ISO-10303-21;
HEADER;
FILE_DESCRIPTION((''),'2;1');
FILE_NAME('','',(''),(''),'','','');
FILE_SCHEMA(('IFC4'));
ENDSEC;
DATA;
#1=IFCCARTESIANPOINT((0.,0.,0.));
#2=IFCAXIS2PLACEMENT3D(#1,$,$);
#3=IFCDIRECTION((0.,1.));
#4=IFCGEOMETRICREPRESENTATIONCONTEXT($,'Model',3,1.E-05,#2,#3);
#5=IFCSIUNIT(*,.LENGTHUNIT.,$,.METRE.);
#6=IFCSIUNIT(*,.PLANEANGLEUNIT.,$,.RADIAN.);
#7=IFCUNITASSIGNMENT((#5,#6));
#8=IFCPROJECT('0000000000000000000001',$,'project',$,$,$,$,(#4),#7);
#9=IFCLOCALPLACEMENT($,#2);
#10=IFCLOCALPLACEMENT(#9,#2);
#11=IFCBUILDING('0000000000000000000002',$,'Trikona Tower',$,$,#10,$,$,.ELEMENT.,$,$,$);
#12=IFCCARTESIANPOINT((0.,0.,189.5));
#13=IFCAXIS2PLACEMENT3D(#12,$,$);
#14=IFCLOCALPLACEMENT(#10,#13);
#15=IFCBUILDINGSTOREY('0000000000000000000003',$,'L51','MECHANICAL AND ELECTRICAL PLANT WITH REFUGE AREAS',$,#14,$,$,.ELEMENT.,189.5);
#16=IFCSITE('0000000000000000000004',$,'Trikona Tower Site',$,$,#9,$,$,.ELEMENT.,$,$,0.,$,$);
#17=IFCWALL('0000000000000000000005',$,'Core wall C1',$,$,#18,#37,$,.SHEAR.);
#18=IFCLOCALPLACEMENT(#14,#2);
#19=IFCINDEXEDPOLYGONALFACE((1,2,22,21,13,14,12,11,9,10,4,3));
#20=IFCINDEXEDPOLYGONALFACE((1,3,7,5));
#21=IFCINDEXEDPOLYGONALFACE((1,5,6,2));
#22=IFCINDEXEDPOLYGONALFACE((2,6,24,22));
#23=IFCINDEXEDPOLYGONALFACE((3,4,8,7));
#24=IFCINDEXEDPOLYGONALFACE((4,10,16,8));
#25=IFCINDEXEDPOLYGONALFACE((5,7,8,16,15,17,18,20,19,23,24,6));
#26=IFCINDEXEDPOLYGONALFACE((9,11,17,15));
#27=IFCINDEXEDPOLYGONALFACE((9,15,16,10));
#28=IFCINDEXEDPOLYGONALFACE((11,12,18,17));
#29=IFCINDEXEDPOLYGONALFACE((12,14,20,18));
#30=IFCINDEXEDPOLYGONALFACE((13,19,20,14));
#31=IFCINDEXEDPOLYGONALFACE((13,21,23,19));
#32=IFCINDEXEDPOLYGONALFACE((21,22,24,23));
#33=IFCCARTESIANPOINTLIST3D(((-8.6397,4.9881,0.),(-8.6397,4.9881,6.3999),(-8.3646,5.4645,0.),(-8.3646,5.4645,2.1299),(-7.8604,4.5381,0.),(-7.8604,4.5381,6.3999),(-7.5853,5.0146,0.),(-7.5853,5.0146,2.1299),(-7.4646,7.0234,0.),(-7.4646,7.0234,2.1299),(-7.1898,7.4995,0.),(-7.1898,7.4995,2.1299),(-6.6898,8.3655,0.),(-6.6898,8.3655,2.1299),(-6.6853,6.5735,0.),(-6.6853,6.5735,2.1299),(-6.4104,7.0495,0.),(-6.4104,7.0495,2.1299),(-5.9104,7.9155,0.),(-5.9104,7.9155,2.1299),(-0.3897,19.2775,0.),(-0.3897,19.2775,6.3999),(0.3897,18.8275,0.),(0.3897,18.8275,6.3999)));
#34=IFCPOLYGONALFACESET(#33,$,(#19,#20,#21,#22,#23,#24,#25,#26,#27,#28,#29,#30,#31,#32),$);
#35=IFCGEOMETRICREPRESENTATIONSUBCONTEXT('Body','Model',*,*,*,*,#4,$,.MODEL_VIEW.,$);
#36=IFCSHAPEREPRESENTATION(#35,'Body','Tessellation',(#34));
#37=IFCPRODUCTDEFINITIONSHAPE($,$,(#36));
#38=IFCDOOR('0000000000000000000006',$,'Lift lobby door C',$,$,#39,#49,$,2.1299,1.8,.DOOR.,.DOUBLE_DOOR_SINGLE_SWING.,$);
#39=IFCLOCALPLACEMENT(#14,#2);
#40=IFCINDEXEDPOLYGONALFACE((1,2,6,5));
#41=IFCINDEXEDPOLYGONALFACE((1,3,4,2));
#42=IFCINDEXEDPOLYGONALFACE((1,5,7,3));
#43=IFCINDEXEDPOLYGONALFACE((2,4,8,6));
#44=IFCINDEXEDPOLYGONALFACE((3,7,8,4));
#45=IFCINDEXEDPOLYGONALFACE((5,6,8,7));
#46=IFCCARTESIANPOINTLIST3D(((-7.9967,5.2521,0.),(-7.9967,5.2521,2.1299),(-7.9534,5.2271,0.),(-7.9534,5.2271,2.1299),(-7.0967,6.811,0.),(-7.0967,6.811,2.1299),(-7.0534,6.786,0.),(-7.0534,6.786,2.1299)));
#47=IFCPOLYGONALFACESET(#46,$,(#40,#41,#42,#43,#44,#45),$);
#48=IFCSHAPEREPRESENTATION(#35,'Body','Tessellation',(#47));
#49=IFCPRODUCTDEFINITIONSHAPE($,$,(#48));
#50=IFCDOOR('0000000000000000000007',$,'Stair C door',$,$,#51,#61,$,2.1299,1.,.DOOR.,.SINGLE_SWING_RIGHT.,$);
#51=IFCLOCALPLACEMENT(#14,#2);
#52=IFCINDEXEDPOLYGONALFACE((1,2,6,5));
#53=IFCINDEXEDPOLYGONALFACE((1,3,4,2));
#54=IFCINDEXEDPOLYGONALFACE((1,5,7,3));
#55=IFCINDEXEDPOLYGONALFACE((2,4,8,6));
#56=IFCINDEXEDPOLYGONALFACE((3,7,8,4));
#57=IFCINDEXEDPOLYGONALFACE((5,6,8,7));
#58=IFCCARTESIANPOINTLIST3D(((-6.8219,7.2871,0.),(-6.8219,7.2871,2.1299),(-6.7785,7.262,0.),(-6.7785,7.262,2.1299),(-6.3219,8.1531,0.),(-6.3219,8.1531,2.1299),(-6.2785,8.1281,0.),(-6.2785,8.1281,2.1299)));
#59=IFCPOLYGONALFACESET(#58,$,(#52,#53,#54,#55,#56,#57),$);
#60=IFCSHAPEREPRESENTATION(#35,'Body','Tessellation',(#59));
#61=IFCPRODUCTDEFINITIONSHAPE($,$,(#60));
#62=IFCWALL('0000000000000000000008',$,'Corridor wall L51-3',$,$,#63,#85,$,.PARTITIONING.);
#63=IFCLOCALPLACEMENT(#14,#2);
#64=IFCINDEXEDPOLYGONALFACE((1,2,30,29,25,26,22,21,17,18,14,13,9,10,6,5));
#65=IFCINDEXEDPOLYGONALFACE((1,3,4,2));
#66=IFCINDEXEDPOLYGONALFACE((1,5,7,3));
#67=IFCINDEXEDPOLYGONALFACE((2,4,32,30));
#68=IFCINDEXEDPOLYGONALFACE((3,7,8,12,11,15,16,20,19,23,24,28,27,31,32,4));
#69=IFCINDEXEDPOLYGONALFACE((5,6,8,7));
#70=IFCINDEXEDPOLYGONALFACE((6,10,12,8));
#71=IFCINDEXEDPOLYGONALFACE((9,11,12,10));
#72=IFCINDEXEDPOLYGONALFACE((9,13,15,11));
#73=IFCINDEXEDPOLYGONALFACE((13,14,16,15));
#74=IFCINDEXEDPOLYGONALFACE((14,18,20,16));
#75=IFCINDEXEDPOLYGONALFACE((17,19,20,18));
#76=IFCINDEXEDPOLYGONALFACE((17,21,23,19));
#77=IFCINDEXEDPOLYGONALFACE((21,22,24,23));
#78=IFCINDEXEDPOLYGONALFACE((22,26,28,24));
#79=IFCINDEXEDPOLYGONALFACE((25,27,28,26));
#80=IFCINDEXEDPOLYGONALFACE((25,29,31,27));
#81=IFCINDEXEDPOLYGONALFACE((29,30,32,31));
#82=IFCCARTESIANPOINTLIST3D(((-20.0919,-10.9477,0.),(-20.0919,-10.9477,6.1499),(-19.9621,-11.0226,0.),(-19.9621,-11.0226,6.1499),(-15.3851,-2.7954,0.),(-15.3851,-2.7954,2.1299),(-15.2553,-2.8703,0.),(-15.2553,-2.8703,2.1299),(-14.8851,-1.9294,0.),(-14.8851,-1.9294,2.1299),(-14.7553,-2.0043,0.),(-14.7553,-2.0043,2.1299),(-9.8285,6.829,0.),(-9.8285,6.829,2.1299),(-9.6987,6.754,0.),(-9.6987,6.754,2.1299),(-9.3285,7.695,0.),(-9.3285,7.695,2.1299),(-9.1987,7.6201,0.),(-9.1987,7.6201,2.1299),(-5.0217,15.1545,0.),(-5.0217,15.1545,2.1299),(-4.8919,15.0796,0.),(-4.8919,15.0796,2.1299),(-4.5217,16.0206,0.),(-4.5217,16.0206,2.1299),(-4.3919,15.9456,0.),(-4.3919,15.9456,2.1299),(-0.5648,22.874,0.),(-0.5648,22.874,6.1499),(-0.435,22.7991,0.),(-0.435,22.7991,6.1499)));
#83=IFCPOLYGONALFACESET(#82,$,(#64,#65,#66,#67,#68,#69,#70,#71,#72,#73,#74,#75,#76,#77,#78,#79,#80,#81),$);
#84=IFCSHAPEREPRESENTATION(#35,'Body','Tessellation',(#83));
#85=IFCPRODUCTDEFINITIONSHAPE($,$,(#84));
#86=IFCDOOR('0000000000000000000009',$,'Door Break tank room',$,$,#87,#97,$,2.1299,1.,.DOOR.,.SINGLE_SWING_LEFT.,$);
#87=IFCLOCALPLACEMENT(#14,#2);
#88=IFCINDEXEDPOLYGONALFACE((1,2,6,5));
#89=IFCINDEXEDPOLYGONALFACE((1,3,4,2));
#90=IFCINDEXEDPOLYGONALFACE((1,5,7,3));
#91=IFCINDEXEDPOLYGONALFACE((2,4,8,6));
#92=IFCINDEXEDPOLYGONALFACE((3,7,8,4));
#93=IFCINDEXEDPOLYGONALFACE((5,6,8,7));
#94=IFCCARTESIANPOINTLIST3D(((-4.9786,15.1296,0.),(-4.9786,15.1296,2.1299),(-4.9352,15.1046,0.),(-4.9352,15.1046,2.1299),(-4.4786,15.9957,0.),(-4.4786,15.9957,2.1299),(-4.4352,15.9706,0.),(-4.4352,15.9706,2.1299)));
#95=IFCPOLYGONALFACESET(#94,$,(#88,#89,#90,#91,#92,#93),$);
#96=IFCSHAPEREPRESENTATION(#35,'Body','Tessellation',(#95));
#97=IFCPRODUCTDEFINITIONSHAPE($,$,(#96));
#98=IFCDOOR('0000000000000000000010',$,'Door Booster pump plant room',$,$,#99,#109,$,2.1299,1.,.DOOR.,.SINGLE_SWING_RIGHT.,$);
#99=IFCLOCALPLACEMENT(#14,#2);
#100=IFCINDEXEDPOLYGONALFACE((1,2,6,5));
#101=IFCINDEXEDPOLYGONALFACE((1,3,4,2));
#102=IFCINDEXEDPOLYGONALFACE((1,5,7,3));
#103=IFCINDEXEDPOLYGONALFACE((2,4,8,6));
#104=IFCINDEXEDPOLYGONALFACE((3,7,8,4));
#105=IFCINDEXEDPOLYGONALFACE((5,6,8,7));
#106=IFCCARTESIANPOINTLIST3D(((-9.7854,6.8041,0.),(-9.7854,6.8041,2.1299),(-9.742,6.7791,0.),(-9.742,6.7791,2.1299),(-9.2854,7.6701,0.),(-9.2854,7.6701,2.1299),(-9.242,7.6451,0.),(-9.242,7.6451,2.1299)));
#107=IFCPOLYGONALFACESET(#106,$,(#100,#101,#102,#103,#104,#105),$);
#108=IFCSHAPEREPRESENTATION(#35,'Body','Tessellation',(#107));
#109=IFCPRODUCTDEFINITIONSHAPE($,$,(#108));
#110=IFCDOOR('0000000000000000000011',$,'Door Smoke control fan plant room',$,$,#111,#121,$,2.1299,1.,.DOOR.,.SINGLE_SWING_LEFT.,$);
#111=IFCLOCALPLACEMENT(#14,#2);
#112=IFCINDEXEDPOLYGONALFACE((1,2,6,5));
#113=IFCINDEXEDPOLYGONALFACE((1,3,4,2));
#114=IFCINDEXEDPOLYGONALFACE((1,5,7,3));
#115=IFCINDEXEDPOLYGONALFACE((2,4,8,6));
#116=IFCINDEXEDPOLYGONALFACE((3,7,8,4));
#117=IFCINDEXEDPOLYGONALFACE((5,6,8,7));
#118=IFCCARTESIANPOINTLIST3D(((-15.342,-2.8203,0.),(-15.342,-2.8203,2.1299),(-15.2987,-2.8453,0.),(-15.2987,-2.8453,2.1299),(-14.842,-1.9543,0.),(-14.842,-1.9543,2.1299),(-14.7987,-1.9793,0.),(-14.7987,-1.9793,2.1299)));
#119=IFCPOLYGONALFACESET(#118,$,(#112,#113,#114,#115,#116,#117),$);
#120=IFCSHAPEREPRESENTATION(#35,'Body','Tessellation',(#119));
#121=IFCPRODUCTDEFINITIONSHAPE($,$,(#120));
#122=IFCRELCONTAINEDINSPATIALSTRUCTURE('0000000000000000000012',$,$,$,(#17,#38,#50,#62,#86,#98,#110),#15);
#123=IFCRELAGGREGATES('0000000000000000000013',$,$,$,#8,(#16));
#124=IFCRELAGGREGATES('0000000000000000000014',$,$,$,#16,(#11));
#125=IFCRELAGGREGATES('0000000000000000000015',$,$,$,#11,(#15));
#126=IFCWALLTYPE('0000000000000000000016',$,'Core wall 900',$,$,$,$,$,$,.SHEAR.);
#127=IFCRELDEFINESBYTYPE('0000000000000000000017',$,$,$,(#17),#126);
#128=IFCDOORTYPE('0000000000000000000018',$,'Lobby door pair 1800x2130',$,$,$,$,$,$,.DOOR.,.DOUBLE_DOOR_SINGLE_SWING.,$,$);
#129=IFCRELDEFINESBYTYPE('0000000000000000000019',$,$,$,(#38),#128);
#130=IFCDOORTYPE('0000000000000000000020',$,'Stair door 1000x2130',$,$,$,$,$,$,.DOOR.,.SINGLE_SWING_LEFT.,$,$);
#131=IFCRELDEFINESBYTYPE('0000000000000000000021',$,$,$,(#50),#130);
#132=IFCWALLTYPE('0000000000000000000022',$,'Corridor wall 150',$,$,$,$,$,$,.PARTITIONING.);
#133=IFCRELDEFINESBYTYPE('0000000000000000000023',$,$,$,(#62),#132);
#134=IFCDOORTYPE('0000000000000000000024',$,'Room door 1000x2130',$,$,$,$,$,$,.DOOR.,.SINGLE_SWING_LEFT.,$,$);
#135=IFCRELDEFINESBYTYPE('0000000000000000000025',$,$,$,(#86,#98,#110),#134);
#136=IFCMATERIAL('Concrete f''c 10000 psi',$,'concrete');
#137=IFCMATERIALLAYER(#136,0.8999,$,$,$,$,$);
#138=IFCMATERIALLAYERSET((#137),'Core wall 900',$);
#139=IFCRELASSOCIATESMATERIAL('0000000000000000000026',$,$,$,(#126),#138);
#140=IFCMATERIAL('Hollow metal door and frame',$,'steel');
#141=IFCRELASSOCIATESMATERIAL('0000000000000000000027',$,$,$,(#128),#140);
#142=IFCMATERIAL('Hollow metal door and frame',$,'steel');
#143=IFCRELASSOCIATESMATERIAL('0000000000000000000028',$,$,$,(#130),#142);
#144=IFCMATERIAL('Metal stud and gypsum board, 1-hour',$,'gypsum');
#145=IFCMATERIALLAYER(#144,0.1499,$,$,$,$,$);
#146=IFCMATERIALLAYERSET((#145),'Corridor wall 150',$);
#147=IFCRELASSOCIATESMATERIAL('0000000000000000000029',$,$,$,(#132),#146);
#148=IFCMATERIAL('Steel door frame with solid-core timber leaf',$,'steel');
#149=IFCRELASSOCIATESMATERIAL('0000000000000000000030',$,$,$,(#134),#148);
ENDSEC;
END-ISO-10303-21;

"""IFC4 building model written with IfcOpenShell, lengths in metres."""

from ifc_helpers import new_model, si_unit, direction, frame, frame_2d, origin, place, context, subcontext, project, spatial, rectangle, extrude, material, layer, layer_set, type_object, element, fill, save


model = new_model("IFC4")

# Units and contexts
model_context = context("Model", 3, precision=1e-05, world=origin(), true_north=direction((0.0, 1.0)))
body_context = subcontext(model_context, "Body", "Model", "MODEL_VIEW")
ifc_project = project(units=[si_unit("LENGTHUNIT", "METRE"), si_unit("PLANEANGLEUNIT", "RADIAN")], contexts=[model_context])

# Site, building, storey
site_placement = place(None, origin())
site = spatial("IfcSite", under=ifc_project, at=site_placement, Name="Trikona Tower Site", CompositionType="ELEMENT", RefElevation=0.0)
building_placement = place(site_placement, origin())
building = spatial("IfcBuilding", under=site, at=building_placement, Name="Trikona Tower", CompositionType="ELEMENT")
storey_placement = place(building_placement, frame((0.0, 0.0, 189.5)))
storey = spatial("IfcBuildingStorey", under=building, at=storey_placement, Name="L51", Description="MECHANICAL AND ELECTRICAL PLANT WITH REFUGE AREAS", CompositionType="ELEMENT", Elevation=189.5)

# Walls, openings, doors
ifc_material_1 = material(Name="Concrete f'c 10000 psi", Category="concrete")
ifc_layer_1 = layer(ifc_material_1, 0.8999)
ifc_layer_set_1 = layer_set([ifc_layer_1], Name="Core wall 900")
wall_type_1 = type_object("IfcWallType", Name="Core wall 900", PredefinedType="SHEAR", material=ifc_layer_set_1)
wall_1_placement = place(storey_placement, frame((0.0, 19.0525, 0.0), z_axis=(0.0, 0.0, 1.0), x_axis=(-0.500003, -0.866024, 0.0)))
wall_1 = element("IfcWall", 1, at=wall_1_placement, inside=storey, type_object=wall_type_1, Name="Core wall C1", PredefinedType="SHEAR", context=body_context, shape_type="SweptSolid", body=[
    extrude(rectangle(XDim=16.5, YDim=0.8999, at=frame_2d((8.25, 0.0))), origin(), (0.0, 0.0, 1.0), 6.3999),
])
opening_1_placement = place(wall_1_placement, frame((14.1499, 0.0, 0.0)))
opening_1 = element("IfcOpeningElement", 2, at=opening_1_placement, cuts=wall_1, PredefinedType="OPENING", context=body_context, shape_type="SweptSolid", body=[
    extrude(rectangle(XDim=1.8, YDim=2.1299, at=frame_2d((0.8999, 1.0649))), frame((0.0, 0.46, 0.0), z_axis=(0.0, -1.0, 0.0), x_axis=(1.0, 0.0, 0.0)), (0.0, 0.0, 1.0), 0.9199),
])
opening_2_placement = place(wall_1_placement, frame((12.6001, 0.0, 0.0)))
opening_2 = element("IfcOpeningElement", 3, at=opening_2_placement, cuts=wall_1, PredefinedType="OPENING", context=body_context, shape_type="SweptSolid", body=[
    extrude(rectangle(XDim=1.0, YDim=2.1299, at=frame_2d((0.5, 1.0649))), frame((0.0, 0.46, 0.0), z_axis=(0.0, -1.0, 0.0), x_axis=(1.0, 0.0, 0.0)), (0.0, 0.0, 1.0), 0.9199),
])
ifc_material_2 = material(Name="Hollow metal door and frame", Category="steel")
door_type_1 = type_object("IfcDoorType", Name="Lobby door pair 1800x2130", OperationType="DOUBLE_DOOR_SINGLE_SWING", PredefinedType="DOOR", material=ifc_material_2)
door_1_placement = place(opening_1_placement, origin())
door_1 = element("IfcDoor", 4, at=door_1_placement, inside=storey, type_object=door_type_1, Name="Lift lobby door C", OperationType="DOUBLE_DOOR_SINGLE_SWING", OverallHeight=2.1299, OverallWidth=1.8, PredefinedType="DOOR", context=body_context, shape_type="SweptSolid", body=[
    extrude(rectangle(XDim=1.8, YDim=2.1299, at=frame_2d((0.8999, 1.0649))), frame((0.0, 0.0249, 0.0), z_axis=(0.0, -1.0, 0.0), x_axis=(1.0, 0.0, 0.0)), (0.0, 0.0, 1.0), 0.05),
])
fill(opening_1, door_1)
ifc_material_3 = material(Name="Hollow metal door and frame", Category="steel")
door_type_2 = type_object("IfcDoorType", Name="Stair door 1000x2130", OperationType="SINGLE_SWING_LEFT", PredefinedType="DOOR", material=ifc_material_3)
door_2_placement = place(opening_2_placement, origin())
door_2 = element("IfcDoor", 5, at=door_2_placement, inside=storey, type_object=door_type_2, Name="Stair C door", OperationType="SINGLE_SWING_RIGHT", OverallHeight=2.1299, OverallWidth=1.0, PredefinedType="DOOR", context=body_context, shape_type="SweptSolid", body=[
    extrude(rectangle(XDim=1.0, YDim=2.1299, at=frame_2d((0.5, 1.0649))), frame((0.0, 0.0249, 0.0), z_axis=(0.0, -1.0, 0.0), x_axis=(1.0, 0.0, 0.0)), (0.0, 0.0, 1.0), 0.05),
])
fill(opening_2, door_2)
ifc_material_4 = material(Name="Metal stud and gypsum board, 1-hour", Category="gypsum")
ifc_layer_2 = layer(ifc_material_4, 0.1499)
ifc_layer_set_2 = layer_set([ifc_layer_2], Name="Corridor wall 150")
wall_type_2 = type_object("IfcWallType", Name="Corridor wall 150", PredefinedType="PARTITIONING", material=ifc_layer_set_2)
wall_2_placement = place(storey_placement, frame((-0.5, 22.8364, 0.0), z_axis=(0.0, 0.0, 1.0), x_axis=(-0.500002, -0.866024, 0.0)))
wall_2 = element("IfcWall", 6, at=wall_2_placement, inside=storey, type_object=wall_type_2, Name="Corridor wall L51-3", PredefinedType="PARTITIONING", context=body_context, shape_type="SweptSolid", body=[
    extrude(rectangle(XDim=39.054, YDim=0.1499, at=frame_2d((19.5269, 0.0))), origin(), (0.0, 0.0, 1.0), 6.1499),
])
opening_3_placement = place(wall_2_placement, frame((7.9136, 0.0, 0.0)))
opening_3 = element("IfcOpeningElement", 7, at=opening_3_placement, cuts=wall_2, PredefinedType="OPENING", context=body_context, shape_type="SweptSolid", body=[
    extrude(rectangle(XDim=1.0, YDim=2.1299, at=frame_2d((0.5, 1.0649))), frame((0.0, 0.085, 0.0), z_axis=(0.0, -1.0, 0.0), x_axis=(1.0, 0.0, 0.0)), (0.0, 0.0, 1.0), 0.1699),
])
opening_4_placement = place(wall_2_placement, frame((17.5271, 0.0, 0.0)))
opening_4 = element("IfcOpeningElement", 8, at=opening_4_placement, cuts=wall_2, PredefinedType="OPENING", context=body_context, shape_type="SweptSolid", body=[
    extrude(rectangle(XDim=1.0, YDim=2.1299, at=frame_2d((0.5, 1.0649))), frame((0.0, 0.085, 0.0), z_axis=(0.0, -1.0, 0.0), x_axis=(1.0, 0.0, 0.0)), (0.0, 0.0, 1.0), 0.1699),
])
opening_5_placement = place(wall_2_placement, frame((28.6404, 0.0, 0.0)))
opening_5 = element("IfcOpeningElement", 9, at=opening_5_placement, cuts=wall_2, PredefinedType="OPENING", context=body_context, shape_type="SweptSolid", body=[
    extrude(rectangle(XDim=1.0, YDim=2.1299, at=frame_2d((0.5, 1.0649))), frame((0.0, 0.085, 0.0), z_axis=(0.0, -1.0, 0.0), x_axis=(1.0, 0.0, 0.0)), (0.0, 0.0, 1.0), 0.1699),
])
ifc_material_5 = material(Name="Steel door frame with solid-core timber leaf", Category="steel")
door_type_3 = type_object("IfcDoorType", Name="Room door 1000x2130", OperationType="SINGLE_SWING_LEFT", PredefinedType="DOOR", material=ifc_material_5)
door_3_placement = place(opening_3_placement, origin())
door_3 = element("IfcDoor", 10, at=door_3_placement, inside=storey, type_object=door_type_3, Name="Door Break tank room", OperationType="SINGLE_SWING_LEFT", OverallHeight=2.1299, OverallWidth=1.0, PredefinedType="DOOR", context=body_context, shape_type="SweptSolid", body=[
    extrude(rectangle(XDim=1.0, YDim=2.1299, at=frame_2d((0.5, 1.0649))), frame((0.0, 0.0249, 0.0), z_axis=(0.0, -1.0, 0.0), x_axis=(1.0, 0.0, 0.0)), (0.0, 0.0, 1.0), 0.05),
])
fill(opening_3, door_3)
door_4_placement = place(opening_4_placement, origin())
door_4 = element("IfcDoor", 11, at=door_4_placement, inside=storey, type_object=door_type_3, Name="Door Booster pump plant room", OperationType="SINGLE_SWING_RIGHT", OverallHeight=2.1299, OverallWidth=1.0, PredefinedType="DOOR", context=body_context, shape_type="SweptSolid", body=[
    extrude(rectangle(XDim=1.0, YDim=2.1299, at=frame_2d((0.5, 1.0649))), frame((0.0, 0.0249, 0.0), z_axis=(0.0, -1.0, 0.0), x_axis=(1.0, 0.0, 0.0)), (0.0, 0.0, 1.0), 0.05),
])
fill(opening_4, door_4)
door_5_placement = place(opening_5_placement, origin())
door_5 = element("IfcDoor", 12, at=door_5_placement, inside=storey, type_object=door_type_3, Name="Door Smoke control fan plant room", OperationType="SINGLE_SWING_LEFT", OverallHeight=2.1299, OverallWidth=1.0, PredefinedType="DOOR", context=body_context, shape_type="SweptSolid", body=[
    extrude(rectangle(XDim=1.0, YDim=2.1299, at=frame_2d((0.5, 1.0649))), frame((0.0, 0.0249, 0.0), z_axis=(0.0, -1.0, 0.0), x_axis=(1.0, 0.0, 0.0)), (0.0, 0.0, 1.0), 0.05),
])
fill(opening_5, door_5)

save(model, "model.ifc")
